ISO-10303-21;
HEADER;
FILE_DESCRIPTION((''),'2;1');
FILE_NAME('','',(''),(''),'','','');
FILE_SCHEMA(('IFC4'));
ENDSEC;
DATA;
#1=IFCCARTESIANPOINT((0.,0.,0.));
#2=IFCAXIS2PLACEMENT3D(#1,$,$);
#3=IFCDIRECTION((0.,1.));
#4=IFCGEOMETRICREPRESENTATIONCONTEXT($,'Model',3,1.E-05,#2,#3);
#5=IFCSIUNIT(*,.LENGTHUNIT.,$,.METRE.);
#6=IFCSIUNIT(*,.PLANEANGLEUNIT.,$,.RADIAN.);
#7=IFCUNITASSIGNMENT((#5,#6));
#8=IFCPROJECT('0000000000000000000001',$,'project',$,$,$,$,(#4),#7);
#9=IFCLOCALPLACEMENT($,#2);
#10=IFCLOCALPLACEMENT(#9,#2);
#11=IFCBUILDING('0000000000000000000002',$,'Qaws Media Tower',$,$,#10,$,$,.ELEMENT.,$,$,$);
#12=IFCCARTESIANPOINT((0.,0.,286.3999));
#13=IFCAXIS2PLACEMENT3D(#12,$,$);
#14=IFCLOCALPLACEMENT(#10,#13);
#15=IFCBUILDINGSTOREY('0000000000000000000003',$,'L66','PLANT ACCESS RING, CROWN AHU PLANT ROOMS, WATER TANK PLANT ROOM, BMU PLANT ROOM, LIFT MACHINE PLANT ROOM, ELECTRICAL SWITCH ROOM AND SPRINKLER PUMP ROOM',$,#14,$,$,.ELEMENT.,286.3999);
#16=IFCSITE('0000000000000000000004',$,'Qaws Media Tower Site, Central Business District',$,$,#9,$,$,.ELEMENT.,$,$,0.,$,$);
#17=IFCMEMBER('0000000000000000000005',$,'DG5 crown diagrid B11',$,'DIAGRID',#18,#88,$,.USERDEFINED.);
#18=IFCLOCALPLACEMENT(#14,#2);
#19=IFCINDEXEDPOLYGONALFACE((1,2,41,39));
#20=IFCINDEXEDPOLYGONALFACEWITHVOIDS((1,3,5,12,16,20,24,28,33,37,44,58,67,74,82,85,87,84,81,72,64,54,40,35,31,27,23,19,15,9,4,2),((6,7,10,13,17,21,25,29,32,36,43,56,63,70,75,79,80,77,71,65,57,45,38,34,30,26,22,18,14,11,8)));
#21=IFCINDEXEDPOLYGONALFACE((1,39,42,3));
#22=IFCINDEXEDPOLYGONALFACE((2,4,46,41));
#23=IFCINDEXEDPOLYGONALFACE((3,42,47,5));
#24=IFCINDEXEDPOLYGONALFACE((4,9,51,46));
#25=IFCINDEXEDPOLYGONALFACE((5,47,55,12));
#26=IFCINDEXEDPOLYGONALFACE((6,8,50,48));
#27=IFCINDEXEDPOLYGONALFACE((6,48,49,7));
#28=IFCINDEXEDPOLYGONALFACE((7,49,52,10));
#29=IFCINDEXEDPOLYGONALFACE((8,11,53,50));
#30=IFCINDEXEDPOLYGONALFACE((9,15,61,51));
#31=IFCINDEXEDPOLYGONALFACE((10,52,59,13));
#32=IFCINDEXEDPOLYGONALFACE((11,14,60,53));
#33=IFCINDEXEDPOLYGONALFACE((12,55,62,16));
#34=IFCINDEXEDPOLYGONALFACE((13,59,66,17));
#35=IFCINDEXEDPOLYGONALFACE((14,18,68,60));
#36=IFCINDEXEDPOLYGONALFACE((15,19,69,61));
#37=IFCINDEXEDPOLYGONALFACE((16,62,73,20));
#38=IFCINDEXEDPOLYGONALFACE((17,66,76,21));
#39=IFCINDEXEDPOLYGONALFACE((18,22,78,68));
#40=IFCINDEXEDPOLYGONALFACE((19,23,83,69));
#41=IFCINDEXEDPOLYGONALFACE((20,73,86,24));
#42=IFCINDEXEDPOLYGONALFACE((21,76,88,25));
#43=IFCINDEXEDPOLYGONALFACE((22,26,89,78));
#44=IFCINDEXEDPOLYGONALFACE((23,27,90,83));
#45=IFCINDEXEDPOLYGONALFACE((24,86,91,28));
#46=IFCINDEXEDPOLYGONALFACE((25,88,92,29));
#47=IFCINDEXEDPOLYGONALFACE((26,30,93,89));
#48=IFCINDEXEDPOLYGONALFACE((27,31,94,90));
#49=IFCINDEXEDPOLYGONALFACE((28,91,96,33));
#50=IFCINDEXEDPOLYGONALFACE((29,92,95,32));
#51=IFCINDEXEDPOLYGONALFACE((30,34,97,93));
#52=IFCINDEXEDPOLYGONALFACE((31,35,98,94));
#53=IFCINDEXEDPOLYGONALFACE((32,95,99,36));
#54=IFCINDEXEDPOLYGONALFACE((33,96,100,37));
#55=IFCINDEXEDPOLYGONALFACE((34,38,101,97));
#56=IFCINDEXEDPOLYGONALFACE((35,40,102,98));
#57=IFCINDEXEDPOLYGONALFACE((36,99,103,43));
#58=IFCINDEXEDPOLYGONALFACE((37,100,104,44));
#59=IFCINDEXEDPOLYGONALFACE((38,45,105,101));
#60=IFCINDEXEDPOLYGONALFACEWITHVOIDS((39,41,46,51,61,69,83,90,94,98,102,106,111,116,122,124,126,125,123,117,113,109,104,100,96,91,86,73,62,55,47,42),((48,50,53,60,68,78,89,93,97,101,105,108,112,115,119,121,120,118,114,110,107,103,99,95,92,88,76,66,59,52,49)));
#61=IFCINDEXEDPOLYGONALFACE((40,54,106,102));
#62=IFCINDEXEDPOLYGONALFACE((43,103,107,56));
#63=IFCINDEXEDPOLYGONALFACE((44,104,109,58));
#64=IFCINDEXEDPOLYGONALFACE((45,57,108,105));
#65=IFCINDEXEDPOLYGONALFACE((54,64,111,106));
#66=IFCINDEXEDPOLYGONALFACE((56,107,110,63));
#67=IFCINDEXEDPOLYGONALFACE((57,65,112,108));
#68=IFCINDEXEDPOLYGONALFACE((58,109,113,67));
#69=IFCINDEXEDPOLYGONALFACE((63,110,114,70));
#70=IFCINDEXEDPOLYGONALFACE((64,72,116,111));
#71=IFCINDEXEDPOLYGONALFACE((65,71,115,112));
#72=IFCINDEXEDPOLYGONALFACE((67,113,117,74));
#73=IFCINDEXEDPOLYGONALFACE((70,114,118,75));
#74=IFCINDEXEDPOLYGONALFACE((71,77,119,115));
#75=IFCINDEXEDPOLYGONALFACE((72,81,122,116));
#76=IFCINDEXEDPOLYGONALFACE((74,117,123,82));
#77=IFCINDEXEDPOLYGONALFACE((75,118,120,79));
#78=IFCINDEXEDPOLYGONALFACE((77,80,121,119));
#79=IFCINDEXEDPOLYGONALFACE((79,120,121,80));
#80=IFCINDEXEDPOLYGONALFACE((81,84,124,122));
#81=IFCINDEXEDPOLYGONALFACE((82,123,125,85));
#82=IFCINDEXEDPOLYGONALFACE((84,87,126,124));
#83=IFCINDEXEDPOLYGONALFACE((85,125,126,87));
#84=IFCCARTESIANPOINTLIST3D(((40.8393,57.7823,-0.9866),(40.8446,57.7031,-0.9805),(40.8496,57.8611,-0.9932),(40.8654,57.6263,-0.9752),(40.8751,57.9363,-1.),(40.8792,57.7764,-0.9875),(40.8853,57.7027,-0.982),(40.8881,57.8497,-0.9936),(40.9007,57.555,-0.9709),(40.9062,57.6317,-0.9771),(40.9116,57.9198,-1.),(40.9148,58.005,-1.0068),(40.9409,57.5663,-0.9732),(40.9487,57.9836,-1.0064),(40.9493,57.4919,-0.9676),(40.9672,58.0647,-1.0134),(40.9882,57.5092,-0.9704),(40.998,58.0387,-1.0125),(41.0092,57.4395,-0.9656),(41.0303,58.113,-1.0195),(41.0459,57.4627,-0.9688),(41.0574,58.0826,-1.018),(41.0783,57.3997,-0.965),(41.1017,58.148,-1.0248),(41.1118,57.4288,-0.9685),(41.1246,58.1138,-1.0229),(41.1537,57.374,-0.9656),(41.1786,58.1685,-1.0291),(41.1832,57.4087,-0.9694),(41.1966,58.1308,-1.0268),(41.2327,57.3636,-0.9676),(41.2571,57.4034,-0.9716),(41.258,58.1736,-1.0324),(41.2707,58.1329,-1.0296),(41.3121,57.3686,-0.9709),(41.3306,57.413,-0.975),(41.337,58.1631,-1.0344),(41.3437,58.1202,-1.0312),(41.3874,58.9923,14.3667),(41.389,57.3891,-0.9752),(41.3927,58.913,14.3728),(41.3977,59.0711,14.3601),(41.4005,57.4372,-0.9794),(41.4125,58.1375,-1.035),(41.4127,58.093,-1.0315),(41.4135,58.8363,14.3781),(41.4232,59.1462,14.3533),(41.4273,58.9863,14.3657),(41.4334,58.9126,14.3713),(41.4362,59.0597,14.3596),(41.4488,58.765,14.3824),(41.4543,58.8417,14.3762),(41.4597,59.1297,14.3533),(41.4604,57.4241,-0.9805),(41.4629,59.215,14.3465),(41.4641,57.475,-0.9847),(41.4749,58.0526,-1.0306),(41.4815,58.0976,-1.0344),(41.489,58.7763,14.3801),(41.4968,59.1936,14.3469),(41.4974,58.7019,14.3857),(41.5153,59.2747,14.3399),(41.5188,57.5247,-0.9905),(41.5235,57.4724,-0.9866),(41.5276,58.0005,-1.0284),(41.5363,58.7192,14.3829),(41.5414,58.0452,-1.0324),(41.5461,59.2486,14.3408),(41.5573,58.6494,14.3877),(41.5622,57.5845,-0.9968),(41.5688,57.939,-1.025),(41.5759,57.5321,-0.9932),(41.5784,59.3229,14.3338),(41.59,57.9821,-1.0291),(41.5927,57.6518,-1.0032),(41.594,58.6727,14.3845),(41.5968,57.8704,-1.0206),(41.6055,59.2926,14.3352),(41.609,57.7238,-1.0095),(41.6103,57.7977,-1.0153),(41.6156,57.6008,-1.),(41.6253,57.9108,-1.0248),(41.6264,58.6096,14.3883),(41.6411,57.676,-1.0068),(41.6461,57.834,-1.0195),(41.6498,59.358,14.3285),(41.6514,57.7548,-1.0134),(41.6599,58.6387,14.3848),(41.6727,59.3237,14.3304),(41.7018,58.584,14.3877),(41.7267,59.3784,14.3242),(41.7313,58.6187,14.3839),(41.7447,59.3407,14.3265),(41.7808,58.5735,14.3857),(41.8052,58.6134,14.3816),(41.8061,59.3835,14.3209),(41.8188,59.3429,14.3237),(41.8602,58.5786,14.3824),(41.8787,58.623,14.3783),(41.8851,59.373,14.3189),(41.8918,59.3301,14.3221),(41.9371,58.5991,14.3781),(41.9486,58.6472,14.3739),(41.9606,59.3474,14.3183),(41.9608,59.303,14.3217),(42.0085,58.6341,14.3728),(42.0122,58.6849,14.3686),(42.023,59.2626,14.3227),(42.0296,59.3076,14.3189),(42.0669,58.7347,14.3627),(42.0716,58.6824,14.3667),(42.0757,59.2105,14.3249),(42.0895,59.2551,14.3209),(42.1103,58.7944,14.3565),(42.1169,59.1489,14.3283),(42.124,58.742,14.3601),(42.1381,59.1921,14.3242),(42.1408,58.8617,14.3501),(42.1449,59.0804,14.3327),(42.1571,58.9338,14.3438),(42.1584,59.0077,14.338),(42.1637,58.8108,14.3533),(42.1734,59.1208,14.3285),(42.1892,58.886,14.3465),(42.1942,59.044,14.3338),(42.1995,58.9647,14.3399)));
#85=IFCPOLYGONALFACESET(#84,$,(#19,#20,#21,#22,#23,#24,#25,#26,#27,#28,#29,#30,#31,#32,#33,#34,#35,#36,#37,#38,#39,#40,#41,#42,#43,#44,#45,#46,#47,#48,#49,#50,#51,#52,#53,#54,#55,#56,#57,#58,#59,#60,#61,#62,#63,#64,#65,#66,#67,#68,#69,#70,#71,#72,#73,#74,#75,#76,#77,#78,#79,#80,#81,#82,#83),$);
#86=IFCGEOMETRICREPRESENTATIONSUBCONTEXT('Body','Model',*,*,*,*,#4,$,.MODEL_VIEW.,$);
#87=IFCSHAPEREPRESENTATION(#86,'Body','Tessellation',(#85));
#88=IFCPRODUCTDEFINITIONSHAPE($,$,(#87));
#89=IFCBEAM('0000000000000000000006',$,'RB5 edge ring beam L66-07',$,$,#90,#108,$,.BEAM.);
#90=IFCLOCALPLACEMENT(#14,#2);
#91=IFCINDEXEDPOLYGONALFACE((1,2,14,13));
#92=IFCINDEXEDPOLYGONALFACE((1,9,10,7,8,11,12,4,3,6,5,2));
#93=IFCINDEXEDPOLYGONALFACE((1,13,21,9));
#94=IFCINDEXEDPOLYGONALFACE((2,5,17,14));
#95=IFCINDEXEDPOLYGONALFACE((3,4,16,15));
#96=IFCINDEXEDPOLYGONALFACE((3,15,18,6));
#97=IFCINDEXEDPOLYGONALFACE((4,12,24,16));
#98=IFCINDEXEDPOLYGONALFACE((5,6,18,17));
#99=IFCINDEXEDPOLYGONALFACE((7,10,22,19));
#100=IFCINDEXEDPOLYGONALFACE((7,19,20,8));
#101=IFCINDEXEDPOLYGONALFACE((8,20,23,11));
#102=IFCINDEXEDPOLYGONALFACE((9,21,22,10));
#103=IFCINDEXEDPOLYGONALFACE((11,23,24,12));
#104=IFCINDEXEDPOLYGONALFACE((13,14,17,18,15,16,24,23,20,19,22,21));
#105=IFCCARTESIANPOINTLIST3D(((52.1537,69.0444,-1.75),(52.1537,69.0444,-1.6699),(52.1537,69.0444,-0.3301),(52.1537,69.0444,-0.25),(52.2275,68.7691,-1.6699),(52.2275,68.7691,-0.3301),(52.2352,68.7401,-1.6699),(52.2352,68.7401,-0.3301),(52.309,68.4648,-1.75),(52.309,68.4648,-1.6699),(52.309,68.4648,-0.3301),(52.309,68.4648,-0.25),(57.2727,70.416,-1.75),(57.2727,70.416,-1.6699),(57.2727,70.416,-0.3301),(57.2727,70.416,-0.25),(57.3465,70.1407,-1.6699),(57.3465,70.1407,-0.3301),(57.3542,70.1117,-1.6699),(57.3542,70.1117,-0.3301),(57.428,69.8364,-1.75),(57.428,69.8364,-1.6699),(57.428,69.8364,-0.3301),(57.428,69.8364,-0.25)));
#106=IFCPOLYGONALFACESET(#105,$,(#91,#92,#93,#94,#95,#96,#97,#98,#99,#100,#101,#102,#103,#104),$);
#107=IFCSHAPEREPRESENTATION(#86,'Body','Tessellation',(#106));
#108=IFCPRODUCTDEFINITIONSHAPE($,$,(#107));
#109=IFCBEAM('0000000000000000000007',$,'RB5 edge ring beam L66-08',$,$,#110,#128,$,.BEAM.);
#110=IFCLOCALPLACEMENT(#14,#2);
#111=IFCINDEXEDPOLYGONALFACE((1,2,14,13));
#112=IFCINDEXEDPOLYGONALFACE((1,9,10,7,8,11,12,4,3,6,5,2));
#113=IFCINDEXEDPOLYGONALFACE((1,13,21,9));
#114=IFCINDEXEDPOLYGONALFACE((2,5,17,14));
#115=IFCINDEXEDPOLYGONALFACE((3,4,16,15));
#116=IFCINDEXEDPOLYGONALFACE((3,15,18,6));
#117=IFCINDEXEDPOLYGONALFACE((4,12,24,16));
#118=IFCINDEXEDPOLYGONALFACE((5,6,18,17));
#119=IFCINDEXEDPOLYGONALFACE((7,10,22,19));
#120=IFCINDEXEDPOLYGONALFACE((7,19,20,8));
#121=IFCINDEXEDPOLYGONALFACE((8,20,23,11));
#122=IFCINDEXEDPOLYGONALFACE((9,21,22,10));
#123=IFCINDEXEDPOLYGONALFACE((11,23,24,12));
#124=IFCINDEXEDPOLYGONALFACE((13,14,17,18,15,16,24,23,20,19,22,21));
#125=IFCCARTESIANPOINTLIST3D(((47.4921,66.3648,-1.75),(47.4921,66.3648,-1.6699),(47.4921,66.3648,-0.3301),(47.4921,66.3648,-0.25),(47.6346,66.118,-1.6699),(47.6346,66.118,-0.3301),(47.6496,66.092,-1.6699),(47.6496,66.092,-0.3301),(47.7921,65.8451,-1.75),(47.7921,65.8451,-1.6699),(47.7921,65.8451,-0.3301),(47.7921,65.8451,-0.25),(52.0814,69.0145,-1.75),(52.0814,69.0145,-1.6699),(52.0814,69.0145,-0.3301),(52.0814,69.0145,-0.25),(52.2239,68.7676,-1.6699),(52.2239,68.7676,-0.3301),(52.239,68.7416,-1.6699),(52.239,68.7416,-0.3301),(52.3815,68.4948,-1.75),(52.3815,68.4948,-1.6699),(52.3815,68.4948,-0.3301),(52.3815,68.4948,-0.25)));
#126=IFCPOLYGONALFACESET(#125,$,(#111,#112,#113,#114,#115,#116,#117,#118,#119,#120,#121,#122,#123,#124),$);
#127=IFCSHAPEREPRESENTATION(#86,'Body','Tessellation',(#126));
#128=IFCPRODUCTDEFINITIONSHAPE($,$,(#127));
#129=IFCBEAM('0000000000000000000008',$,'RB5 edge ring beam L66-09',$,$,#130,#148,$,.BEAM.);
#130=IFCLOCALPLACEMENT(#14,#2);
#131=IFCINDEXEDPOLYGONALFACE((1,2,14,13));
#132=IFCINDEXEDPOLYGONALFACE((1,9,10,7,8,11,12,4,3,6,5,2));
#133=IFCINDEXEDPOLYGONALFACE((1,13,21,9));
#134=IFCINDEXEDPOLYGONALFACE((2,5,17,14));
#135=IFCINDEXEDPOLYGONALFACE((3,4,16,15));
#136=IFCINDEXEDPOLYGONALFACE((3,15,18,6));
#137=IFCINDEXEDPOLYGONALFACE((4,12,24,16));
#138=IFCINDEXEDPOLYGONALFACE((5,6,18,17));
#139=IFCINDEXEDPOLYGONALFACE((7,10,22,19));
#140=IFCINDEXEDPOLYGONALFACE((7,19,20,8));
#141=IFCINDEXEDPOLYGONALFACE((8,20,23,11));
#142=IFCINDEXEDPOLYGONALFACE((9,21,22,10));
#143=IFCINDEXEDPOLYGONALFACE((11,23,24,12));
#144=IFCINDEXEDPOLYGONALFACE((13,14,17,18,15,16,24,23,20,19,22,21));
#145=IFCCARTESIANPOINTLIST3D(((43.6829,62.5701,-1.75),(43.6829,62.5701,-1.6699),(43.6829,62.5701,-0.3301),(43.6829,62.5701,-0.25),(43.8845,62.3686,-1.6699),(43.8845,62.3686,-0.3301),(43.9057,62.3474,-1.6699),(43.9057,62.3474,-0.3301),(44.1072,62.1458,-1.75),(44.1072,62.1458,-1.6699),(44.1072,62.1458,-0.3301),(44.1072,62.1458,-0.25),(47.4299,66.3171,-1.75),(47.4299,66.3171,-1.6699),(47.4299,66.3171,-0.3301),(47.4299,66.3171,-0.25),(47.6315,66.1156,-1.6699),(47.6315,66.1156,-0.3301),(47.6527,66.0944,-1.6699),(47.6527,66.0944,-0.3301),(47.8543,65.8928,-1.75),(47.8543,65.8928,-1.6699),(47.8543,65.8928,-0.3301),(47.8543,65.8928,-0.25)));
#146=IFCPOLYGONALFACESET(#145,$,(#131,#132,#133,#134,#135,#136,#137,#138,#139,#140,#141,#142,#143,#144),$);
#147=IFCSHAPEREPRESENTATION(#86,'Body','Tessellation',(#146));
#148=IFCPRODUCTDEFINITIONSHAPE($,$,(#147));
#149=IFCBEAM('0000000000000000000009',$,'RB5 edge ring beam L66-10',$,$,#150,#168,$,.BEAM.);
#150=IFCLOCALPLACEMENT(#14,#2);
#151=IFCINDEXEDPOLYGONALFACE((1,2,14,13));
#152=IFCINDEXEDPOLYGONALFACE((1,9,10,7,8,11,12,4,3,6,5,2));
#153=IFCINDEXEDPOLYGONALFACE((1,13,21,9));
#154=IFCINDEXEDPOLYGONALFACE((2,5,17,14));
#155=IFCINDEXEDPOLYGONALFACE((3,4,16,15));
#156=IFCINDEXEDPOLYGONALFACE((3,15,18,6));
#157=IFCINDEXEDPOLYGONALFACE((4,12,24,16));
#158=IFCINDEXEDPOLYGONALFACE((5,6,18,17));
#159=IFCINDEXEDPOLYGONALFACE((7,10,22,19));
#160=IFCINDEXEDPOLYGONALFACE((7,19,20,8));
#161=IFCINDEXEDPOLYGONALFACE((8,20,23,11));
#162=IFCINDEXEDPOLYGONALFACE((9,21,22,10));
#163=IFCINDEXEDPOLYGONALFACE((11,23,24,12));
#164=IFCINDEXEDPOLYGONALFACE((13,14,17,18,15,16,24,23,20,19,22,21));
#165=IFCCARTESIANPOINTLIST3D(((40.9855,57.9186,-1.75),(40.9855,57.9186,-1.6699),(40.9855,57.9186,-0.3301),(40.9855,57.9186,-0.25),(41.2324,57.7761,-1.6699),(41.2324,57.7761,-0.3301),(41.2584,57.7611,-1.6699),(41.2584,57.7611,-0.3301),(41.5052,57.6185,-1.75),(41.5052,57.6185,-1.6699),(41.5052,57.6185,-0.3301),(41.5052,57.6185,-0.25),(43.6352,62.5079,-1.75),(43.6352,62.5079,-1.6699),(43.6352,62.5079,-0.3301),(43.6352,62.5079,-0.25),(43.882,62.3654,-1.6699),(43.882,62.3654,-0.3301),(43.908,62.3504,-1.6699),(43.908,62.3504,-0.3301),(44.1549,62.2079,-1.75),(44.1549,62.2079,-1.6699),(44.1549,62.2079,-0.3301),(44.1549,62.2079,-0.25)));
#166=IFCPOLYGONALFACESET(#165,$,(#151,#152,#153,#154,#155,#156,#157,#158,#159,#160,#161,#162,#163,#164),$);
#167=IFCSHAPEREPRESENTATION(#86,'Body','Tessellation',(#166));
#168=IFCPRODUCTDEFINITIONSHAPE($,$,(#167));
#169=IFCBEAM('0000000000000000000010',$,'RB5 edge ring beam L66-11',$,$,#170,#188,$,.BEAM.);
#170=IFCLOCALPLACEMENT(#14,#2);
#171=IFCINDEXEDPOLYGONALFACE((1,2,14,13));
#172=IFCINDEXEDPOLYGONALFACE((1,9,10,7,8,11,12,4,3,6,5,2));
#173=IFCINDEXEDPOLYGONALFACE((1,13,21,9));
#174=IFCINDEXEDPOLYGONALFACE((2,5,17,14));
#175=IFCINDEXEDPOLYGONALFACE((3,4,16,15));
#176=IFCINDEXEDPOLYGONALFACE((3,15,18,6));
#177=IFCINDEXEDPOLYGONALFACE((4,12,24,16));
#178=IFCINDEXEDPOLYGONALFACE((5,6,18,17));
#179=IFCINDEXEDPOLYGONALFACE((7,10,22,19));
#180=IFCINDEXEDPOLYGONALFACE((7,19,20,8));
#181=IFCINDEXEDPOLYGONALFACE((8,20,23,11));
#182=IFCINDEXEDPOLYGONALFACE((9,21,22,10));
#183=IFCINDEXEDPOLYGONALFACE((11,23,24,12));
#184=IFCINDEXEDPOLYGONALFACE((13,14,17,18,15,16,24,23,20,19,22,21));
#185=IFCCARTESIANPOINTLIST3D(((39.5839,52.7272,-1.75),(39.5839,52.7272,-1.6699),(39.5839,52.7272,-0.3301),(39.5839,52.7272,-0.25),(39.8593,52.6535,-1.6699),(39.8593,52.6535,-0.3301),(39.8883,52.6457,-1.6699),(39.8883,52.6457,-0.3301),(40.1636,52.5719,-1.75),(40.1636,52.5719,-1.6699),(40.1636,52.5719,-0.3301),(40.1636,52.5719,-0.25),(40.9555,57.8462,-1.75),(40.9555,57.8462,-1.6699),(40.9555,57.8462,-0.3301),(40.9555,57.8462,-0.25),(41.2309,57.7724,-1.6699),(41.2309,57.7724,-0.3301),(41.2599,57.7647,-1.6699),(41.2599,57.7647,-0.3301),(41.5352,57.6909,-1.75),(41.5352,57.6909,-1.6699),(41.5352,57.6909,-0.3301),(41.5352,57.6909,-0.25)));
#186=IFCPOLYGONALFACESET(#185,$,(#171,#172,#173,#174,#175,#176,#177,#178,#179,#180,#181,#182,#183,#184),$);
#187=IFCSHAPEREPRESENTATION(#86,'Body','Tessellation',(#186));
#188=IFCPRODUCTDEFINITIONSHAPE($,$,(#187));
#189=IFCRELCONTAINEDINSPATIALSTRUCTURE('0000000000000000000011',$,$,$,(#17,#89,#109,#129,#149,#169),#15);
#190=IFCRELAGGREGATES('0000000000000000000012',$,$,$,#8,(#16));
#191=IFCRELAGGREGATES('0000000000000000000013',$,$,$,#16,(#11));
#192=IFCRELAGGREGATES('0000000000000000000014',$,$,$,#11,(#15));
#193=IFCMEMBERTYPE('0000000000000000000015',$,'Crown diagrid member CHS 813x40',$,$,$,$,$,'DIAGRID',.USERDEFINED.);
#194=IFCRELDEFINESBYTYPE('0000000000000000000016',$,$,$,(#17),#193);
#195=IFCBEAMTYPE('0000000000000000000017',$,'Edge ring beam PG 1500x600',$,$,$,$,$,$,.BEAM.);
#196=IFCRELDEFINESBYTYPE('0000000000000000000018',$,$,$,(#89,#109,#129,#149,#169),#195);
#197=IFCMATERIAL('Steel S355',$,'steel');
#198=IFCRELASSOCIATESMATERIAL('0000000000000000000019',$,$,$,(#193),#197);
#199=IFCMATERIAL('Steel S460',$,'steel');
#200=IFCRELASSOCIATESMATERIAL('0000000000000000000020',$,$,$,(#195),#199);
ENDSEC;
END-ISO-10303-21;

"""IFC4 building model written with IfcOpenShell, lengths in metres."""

from ifc_helpers import new_model, si_unit, direction, frame, origin, origin_2d, place, context, subcontext, project, spatial, hollow_circle, i_section, extrude, material, material_profile, profile_set, type_object, element, save


model = new_model("IFC4")

# Units and contexts
model_context = context("Model", 3, precision=1e-05, world=origin(), true_north=direction((0.0, 1.0)))
body_context = subcontext(model_context, "Body", "Model", "MODEL_VIEW")
ifc_project = project(units=[si_unit("LENGTHUNIT", "METRE"), si_unit("PLANEANGLEUNIT", "RADIAN")], contexts=[model_context])

# Site, building, storey
site_placement = place(None, origin())
site = spatial("IfcSite", under=ifc_project, at=site_placement, Name="Qaws Media Tower Site, Central Business District", CompositionType="ELEMENT", RefElevation=0.0)
building_placement = place(site_placement, origin())
building = spatial("IfcBuilding", under=site, at=building_placement, Name="Qaws Media Tower", CompositionType="ELEMENT")
storey_placement = place(building_placement, frame((0.0, 0.0, 286.3999)))
storey = spatial("IfcBuildingStorey", under=building, at=storey_placement, Name="L66", Description="PLANT ACCESS RING, CROWN AHU PLANT ROOMS, WATER TANK PLANT ROOM, BMU PLANT ROOM, LIFT MACHINE PLANT ROOM, ELECTRICAL SWITCH ROOM AND SPRINKLER PUMP ROOM", CompositionType="ELEMENT", Elevation=286.3999)

# Member
ifc_material_1 = material(Name="Steel S355", Category="steel")
ifc_material_profile_1 = material_profile(ifc_material_1, hollow_circle(Radius=0.4065, WallThickness=0.04, at=origin_2d()), Name="CHS 813x40")
ifc_profile_set_1 = profile_set([ifc_material_profile_1], Name="Steel S355")
member_type = type_object("IfcMemberType", Name="Crown diagrid member CHS 813x40", ElementType="DIAGRID", PredefinedType="USERDEFINED", material=ifc_profile_set_1)
member_1_placement = place(storey_placement, frame((41.2454, 57.7686, -1.0), z_axis=(0.035566, 0.078515, 0.996278), x_axis=(-0.910901, 0.412626, 0.0)))
element("IfcMember", 1, at=member_1_placement, inside=storey, type_object=member_type, Name="DG5 crown diagrid B11", ObjectType="DIAGRID", PredefinedType="USERDEFINED", context=body_context, shape_type="SweptSolid", body=[
    extrude(hollow_circle(Radius=0.4065, WallThickness=0.04, at=origin_2d()), origin(), (0.0, 0.0, 1.0), 15.4106),
])

# Beams
ifc_material_2 = material(Name="Steel S460", Category="steel")
ifc_material_profile_2 = material_profile(ifc_material_2, i_section(OverallWidth=0.6001, OverallDepth=1.5, WebThickness=0.03, FlangeThickness=0.0801, at=origin_2d()), Name="PG 1500x600")
ifc_profile_set_2 = profile_set([ifc_material_profile_2], Name="Steel S460")
beam_type_1 = type_object("IfcBeamType", Name="Edge ring beam PG 1500x600", PredefinedType="BEAM", material=ifc_profile_set_2)
beam_1_placement = place(storey_placement, frame((57.3503, 70.1262, -1.0), z_axis=(-0.965927, -0.258815, 0.0), x_axis=(0.258815, -0.965927, 0.0)))
element("IfcBeam", 2, at=beam_1_placement, inside=storey, type_object=beam_type_1, Name="RB5 edge ring beam L66-07", PredefinedType="BEAM", context=body_context, shape_type="SweptSolid", body=[
    extrude(i_section(OverallWidth=0.6001, OverallDepth=1.5, WebThickness=0.03, FlangeThickness=0.0801, at=origin_2d()), origin(), (0.0, 0.0, 1.0), 5.2996),
])
beam_2_placement = place(storey_placement, frame((52.2314, 68.7546, -1.0), z_axis=(-0.866026, -0.499999, 0.0), x_axis=(0.499999, -0.866026, 0.0)))
element("IfcBeam", 3, at=beam_2_placement, inside=storey, type_object=beam_type_1, Name="RB5 edge ring beam L66-08", PredefinedType="BEAM", context=body_context, shape_type="SweptSolid", body=[
    extrude(i_section(OverallWidth=0.6001, OverallDepth=1.5, WebThickness=0.03, FlangeThickness=0.0801, at=origin_2d()), origin(), (0.0, 0.0, 1.0), 5.2993),
])
beam_3_placement = place(storey_placement, frame((47.6421, 66.105, -1.0), z_axis=(-0.707107, -0.707107, 0.0), x_axis=(0.707107, -0.707107, 0.0)))
element("IfcBeam", 4, at=beam_3_placement, inside=storey, type_object=beam_type_1, Name="RB5 edge ring beam L66-09", PredefinedType="BEAM", context=body_context, shape_type="SweptSolid", body=[
    extrude(i_section(OverallWidth=0.6001, OverallDepth=1.5, WebThickness=0.03, FlangeThickness=0.0801, at=origin_2d()), origin(), (0.0, 0.0, 1.0), 5.2991),
])
beam_4_placement = place(storey_placement, frame((43.895, 62.3579, -1.0), z_axis=(-0.499999, -0.866026, 0.0), x_axis=(0.866026, -0.499999, 0.0)))
element("IfcBeam", 5, at=beam_4_placement, inside=storey, type_object=beam_type_1, Name="RB5 edge ring beam L66-10", PredefinedType="BEAM", context=body_context, shape_type="SweptSolid", body=[
    extrude(i_section(OverallWidth=0.6001, OverallDepth=1.5, WebThickness=0.03, FlangeThickness=0.0801, at=origin_2d()), origin(), (0.0, 0.0, 1.0), 5.2993),
])
beam_5_placement = place(storey_placement, frame((41.2454, 57.7686, -1.0), z_axis=(-0.258815, -0.965927, 0.0), x_axis=(0.965927, -0.258815, 0.0)))
element("IfcBeam", 6, at=beam_5_placement, inside=storey, type_object=beam_type_1, Name="RB5 edge ring beam L66-11", PredefinedType="BEAM", context=body_context, shape_type="SweptSolid", body=[
    extrude(i_section(OverallWidth=0.6001, OverallDepth=1.5, WebThickness=0.03, FlangeThickness=0.0801, at=origin_2d()), origin(), (0.0, 0.0, 1.0), 5.2996),
])

save(model, "model.ifc")
